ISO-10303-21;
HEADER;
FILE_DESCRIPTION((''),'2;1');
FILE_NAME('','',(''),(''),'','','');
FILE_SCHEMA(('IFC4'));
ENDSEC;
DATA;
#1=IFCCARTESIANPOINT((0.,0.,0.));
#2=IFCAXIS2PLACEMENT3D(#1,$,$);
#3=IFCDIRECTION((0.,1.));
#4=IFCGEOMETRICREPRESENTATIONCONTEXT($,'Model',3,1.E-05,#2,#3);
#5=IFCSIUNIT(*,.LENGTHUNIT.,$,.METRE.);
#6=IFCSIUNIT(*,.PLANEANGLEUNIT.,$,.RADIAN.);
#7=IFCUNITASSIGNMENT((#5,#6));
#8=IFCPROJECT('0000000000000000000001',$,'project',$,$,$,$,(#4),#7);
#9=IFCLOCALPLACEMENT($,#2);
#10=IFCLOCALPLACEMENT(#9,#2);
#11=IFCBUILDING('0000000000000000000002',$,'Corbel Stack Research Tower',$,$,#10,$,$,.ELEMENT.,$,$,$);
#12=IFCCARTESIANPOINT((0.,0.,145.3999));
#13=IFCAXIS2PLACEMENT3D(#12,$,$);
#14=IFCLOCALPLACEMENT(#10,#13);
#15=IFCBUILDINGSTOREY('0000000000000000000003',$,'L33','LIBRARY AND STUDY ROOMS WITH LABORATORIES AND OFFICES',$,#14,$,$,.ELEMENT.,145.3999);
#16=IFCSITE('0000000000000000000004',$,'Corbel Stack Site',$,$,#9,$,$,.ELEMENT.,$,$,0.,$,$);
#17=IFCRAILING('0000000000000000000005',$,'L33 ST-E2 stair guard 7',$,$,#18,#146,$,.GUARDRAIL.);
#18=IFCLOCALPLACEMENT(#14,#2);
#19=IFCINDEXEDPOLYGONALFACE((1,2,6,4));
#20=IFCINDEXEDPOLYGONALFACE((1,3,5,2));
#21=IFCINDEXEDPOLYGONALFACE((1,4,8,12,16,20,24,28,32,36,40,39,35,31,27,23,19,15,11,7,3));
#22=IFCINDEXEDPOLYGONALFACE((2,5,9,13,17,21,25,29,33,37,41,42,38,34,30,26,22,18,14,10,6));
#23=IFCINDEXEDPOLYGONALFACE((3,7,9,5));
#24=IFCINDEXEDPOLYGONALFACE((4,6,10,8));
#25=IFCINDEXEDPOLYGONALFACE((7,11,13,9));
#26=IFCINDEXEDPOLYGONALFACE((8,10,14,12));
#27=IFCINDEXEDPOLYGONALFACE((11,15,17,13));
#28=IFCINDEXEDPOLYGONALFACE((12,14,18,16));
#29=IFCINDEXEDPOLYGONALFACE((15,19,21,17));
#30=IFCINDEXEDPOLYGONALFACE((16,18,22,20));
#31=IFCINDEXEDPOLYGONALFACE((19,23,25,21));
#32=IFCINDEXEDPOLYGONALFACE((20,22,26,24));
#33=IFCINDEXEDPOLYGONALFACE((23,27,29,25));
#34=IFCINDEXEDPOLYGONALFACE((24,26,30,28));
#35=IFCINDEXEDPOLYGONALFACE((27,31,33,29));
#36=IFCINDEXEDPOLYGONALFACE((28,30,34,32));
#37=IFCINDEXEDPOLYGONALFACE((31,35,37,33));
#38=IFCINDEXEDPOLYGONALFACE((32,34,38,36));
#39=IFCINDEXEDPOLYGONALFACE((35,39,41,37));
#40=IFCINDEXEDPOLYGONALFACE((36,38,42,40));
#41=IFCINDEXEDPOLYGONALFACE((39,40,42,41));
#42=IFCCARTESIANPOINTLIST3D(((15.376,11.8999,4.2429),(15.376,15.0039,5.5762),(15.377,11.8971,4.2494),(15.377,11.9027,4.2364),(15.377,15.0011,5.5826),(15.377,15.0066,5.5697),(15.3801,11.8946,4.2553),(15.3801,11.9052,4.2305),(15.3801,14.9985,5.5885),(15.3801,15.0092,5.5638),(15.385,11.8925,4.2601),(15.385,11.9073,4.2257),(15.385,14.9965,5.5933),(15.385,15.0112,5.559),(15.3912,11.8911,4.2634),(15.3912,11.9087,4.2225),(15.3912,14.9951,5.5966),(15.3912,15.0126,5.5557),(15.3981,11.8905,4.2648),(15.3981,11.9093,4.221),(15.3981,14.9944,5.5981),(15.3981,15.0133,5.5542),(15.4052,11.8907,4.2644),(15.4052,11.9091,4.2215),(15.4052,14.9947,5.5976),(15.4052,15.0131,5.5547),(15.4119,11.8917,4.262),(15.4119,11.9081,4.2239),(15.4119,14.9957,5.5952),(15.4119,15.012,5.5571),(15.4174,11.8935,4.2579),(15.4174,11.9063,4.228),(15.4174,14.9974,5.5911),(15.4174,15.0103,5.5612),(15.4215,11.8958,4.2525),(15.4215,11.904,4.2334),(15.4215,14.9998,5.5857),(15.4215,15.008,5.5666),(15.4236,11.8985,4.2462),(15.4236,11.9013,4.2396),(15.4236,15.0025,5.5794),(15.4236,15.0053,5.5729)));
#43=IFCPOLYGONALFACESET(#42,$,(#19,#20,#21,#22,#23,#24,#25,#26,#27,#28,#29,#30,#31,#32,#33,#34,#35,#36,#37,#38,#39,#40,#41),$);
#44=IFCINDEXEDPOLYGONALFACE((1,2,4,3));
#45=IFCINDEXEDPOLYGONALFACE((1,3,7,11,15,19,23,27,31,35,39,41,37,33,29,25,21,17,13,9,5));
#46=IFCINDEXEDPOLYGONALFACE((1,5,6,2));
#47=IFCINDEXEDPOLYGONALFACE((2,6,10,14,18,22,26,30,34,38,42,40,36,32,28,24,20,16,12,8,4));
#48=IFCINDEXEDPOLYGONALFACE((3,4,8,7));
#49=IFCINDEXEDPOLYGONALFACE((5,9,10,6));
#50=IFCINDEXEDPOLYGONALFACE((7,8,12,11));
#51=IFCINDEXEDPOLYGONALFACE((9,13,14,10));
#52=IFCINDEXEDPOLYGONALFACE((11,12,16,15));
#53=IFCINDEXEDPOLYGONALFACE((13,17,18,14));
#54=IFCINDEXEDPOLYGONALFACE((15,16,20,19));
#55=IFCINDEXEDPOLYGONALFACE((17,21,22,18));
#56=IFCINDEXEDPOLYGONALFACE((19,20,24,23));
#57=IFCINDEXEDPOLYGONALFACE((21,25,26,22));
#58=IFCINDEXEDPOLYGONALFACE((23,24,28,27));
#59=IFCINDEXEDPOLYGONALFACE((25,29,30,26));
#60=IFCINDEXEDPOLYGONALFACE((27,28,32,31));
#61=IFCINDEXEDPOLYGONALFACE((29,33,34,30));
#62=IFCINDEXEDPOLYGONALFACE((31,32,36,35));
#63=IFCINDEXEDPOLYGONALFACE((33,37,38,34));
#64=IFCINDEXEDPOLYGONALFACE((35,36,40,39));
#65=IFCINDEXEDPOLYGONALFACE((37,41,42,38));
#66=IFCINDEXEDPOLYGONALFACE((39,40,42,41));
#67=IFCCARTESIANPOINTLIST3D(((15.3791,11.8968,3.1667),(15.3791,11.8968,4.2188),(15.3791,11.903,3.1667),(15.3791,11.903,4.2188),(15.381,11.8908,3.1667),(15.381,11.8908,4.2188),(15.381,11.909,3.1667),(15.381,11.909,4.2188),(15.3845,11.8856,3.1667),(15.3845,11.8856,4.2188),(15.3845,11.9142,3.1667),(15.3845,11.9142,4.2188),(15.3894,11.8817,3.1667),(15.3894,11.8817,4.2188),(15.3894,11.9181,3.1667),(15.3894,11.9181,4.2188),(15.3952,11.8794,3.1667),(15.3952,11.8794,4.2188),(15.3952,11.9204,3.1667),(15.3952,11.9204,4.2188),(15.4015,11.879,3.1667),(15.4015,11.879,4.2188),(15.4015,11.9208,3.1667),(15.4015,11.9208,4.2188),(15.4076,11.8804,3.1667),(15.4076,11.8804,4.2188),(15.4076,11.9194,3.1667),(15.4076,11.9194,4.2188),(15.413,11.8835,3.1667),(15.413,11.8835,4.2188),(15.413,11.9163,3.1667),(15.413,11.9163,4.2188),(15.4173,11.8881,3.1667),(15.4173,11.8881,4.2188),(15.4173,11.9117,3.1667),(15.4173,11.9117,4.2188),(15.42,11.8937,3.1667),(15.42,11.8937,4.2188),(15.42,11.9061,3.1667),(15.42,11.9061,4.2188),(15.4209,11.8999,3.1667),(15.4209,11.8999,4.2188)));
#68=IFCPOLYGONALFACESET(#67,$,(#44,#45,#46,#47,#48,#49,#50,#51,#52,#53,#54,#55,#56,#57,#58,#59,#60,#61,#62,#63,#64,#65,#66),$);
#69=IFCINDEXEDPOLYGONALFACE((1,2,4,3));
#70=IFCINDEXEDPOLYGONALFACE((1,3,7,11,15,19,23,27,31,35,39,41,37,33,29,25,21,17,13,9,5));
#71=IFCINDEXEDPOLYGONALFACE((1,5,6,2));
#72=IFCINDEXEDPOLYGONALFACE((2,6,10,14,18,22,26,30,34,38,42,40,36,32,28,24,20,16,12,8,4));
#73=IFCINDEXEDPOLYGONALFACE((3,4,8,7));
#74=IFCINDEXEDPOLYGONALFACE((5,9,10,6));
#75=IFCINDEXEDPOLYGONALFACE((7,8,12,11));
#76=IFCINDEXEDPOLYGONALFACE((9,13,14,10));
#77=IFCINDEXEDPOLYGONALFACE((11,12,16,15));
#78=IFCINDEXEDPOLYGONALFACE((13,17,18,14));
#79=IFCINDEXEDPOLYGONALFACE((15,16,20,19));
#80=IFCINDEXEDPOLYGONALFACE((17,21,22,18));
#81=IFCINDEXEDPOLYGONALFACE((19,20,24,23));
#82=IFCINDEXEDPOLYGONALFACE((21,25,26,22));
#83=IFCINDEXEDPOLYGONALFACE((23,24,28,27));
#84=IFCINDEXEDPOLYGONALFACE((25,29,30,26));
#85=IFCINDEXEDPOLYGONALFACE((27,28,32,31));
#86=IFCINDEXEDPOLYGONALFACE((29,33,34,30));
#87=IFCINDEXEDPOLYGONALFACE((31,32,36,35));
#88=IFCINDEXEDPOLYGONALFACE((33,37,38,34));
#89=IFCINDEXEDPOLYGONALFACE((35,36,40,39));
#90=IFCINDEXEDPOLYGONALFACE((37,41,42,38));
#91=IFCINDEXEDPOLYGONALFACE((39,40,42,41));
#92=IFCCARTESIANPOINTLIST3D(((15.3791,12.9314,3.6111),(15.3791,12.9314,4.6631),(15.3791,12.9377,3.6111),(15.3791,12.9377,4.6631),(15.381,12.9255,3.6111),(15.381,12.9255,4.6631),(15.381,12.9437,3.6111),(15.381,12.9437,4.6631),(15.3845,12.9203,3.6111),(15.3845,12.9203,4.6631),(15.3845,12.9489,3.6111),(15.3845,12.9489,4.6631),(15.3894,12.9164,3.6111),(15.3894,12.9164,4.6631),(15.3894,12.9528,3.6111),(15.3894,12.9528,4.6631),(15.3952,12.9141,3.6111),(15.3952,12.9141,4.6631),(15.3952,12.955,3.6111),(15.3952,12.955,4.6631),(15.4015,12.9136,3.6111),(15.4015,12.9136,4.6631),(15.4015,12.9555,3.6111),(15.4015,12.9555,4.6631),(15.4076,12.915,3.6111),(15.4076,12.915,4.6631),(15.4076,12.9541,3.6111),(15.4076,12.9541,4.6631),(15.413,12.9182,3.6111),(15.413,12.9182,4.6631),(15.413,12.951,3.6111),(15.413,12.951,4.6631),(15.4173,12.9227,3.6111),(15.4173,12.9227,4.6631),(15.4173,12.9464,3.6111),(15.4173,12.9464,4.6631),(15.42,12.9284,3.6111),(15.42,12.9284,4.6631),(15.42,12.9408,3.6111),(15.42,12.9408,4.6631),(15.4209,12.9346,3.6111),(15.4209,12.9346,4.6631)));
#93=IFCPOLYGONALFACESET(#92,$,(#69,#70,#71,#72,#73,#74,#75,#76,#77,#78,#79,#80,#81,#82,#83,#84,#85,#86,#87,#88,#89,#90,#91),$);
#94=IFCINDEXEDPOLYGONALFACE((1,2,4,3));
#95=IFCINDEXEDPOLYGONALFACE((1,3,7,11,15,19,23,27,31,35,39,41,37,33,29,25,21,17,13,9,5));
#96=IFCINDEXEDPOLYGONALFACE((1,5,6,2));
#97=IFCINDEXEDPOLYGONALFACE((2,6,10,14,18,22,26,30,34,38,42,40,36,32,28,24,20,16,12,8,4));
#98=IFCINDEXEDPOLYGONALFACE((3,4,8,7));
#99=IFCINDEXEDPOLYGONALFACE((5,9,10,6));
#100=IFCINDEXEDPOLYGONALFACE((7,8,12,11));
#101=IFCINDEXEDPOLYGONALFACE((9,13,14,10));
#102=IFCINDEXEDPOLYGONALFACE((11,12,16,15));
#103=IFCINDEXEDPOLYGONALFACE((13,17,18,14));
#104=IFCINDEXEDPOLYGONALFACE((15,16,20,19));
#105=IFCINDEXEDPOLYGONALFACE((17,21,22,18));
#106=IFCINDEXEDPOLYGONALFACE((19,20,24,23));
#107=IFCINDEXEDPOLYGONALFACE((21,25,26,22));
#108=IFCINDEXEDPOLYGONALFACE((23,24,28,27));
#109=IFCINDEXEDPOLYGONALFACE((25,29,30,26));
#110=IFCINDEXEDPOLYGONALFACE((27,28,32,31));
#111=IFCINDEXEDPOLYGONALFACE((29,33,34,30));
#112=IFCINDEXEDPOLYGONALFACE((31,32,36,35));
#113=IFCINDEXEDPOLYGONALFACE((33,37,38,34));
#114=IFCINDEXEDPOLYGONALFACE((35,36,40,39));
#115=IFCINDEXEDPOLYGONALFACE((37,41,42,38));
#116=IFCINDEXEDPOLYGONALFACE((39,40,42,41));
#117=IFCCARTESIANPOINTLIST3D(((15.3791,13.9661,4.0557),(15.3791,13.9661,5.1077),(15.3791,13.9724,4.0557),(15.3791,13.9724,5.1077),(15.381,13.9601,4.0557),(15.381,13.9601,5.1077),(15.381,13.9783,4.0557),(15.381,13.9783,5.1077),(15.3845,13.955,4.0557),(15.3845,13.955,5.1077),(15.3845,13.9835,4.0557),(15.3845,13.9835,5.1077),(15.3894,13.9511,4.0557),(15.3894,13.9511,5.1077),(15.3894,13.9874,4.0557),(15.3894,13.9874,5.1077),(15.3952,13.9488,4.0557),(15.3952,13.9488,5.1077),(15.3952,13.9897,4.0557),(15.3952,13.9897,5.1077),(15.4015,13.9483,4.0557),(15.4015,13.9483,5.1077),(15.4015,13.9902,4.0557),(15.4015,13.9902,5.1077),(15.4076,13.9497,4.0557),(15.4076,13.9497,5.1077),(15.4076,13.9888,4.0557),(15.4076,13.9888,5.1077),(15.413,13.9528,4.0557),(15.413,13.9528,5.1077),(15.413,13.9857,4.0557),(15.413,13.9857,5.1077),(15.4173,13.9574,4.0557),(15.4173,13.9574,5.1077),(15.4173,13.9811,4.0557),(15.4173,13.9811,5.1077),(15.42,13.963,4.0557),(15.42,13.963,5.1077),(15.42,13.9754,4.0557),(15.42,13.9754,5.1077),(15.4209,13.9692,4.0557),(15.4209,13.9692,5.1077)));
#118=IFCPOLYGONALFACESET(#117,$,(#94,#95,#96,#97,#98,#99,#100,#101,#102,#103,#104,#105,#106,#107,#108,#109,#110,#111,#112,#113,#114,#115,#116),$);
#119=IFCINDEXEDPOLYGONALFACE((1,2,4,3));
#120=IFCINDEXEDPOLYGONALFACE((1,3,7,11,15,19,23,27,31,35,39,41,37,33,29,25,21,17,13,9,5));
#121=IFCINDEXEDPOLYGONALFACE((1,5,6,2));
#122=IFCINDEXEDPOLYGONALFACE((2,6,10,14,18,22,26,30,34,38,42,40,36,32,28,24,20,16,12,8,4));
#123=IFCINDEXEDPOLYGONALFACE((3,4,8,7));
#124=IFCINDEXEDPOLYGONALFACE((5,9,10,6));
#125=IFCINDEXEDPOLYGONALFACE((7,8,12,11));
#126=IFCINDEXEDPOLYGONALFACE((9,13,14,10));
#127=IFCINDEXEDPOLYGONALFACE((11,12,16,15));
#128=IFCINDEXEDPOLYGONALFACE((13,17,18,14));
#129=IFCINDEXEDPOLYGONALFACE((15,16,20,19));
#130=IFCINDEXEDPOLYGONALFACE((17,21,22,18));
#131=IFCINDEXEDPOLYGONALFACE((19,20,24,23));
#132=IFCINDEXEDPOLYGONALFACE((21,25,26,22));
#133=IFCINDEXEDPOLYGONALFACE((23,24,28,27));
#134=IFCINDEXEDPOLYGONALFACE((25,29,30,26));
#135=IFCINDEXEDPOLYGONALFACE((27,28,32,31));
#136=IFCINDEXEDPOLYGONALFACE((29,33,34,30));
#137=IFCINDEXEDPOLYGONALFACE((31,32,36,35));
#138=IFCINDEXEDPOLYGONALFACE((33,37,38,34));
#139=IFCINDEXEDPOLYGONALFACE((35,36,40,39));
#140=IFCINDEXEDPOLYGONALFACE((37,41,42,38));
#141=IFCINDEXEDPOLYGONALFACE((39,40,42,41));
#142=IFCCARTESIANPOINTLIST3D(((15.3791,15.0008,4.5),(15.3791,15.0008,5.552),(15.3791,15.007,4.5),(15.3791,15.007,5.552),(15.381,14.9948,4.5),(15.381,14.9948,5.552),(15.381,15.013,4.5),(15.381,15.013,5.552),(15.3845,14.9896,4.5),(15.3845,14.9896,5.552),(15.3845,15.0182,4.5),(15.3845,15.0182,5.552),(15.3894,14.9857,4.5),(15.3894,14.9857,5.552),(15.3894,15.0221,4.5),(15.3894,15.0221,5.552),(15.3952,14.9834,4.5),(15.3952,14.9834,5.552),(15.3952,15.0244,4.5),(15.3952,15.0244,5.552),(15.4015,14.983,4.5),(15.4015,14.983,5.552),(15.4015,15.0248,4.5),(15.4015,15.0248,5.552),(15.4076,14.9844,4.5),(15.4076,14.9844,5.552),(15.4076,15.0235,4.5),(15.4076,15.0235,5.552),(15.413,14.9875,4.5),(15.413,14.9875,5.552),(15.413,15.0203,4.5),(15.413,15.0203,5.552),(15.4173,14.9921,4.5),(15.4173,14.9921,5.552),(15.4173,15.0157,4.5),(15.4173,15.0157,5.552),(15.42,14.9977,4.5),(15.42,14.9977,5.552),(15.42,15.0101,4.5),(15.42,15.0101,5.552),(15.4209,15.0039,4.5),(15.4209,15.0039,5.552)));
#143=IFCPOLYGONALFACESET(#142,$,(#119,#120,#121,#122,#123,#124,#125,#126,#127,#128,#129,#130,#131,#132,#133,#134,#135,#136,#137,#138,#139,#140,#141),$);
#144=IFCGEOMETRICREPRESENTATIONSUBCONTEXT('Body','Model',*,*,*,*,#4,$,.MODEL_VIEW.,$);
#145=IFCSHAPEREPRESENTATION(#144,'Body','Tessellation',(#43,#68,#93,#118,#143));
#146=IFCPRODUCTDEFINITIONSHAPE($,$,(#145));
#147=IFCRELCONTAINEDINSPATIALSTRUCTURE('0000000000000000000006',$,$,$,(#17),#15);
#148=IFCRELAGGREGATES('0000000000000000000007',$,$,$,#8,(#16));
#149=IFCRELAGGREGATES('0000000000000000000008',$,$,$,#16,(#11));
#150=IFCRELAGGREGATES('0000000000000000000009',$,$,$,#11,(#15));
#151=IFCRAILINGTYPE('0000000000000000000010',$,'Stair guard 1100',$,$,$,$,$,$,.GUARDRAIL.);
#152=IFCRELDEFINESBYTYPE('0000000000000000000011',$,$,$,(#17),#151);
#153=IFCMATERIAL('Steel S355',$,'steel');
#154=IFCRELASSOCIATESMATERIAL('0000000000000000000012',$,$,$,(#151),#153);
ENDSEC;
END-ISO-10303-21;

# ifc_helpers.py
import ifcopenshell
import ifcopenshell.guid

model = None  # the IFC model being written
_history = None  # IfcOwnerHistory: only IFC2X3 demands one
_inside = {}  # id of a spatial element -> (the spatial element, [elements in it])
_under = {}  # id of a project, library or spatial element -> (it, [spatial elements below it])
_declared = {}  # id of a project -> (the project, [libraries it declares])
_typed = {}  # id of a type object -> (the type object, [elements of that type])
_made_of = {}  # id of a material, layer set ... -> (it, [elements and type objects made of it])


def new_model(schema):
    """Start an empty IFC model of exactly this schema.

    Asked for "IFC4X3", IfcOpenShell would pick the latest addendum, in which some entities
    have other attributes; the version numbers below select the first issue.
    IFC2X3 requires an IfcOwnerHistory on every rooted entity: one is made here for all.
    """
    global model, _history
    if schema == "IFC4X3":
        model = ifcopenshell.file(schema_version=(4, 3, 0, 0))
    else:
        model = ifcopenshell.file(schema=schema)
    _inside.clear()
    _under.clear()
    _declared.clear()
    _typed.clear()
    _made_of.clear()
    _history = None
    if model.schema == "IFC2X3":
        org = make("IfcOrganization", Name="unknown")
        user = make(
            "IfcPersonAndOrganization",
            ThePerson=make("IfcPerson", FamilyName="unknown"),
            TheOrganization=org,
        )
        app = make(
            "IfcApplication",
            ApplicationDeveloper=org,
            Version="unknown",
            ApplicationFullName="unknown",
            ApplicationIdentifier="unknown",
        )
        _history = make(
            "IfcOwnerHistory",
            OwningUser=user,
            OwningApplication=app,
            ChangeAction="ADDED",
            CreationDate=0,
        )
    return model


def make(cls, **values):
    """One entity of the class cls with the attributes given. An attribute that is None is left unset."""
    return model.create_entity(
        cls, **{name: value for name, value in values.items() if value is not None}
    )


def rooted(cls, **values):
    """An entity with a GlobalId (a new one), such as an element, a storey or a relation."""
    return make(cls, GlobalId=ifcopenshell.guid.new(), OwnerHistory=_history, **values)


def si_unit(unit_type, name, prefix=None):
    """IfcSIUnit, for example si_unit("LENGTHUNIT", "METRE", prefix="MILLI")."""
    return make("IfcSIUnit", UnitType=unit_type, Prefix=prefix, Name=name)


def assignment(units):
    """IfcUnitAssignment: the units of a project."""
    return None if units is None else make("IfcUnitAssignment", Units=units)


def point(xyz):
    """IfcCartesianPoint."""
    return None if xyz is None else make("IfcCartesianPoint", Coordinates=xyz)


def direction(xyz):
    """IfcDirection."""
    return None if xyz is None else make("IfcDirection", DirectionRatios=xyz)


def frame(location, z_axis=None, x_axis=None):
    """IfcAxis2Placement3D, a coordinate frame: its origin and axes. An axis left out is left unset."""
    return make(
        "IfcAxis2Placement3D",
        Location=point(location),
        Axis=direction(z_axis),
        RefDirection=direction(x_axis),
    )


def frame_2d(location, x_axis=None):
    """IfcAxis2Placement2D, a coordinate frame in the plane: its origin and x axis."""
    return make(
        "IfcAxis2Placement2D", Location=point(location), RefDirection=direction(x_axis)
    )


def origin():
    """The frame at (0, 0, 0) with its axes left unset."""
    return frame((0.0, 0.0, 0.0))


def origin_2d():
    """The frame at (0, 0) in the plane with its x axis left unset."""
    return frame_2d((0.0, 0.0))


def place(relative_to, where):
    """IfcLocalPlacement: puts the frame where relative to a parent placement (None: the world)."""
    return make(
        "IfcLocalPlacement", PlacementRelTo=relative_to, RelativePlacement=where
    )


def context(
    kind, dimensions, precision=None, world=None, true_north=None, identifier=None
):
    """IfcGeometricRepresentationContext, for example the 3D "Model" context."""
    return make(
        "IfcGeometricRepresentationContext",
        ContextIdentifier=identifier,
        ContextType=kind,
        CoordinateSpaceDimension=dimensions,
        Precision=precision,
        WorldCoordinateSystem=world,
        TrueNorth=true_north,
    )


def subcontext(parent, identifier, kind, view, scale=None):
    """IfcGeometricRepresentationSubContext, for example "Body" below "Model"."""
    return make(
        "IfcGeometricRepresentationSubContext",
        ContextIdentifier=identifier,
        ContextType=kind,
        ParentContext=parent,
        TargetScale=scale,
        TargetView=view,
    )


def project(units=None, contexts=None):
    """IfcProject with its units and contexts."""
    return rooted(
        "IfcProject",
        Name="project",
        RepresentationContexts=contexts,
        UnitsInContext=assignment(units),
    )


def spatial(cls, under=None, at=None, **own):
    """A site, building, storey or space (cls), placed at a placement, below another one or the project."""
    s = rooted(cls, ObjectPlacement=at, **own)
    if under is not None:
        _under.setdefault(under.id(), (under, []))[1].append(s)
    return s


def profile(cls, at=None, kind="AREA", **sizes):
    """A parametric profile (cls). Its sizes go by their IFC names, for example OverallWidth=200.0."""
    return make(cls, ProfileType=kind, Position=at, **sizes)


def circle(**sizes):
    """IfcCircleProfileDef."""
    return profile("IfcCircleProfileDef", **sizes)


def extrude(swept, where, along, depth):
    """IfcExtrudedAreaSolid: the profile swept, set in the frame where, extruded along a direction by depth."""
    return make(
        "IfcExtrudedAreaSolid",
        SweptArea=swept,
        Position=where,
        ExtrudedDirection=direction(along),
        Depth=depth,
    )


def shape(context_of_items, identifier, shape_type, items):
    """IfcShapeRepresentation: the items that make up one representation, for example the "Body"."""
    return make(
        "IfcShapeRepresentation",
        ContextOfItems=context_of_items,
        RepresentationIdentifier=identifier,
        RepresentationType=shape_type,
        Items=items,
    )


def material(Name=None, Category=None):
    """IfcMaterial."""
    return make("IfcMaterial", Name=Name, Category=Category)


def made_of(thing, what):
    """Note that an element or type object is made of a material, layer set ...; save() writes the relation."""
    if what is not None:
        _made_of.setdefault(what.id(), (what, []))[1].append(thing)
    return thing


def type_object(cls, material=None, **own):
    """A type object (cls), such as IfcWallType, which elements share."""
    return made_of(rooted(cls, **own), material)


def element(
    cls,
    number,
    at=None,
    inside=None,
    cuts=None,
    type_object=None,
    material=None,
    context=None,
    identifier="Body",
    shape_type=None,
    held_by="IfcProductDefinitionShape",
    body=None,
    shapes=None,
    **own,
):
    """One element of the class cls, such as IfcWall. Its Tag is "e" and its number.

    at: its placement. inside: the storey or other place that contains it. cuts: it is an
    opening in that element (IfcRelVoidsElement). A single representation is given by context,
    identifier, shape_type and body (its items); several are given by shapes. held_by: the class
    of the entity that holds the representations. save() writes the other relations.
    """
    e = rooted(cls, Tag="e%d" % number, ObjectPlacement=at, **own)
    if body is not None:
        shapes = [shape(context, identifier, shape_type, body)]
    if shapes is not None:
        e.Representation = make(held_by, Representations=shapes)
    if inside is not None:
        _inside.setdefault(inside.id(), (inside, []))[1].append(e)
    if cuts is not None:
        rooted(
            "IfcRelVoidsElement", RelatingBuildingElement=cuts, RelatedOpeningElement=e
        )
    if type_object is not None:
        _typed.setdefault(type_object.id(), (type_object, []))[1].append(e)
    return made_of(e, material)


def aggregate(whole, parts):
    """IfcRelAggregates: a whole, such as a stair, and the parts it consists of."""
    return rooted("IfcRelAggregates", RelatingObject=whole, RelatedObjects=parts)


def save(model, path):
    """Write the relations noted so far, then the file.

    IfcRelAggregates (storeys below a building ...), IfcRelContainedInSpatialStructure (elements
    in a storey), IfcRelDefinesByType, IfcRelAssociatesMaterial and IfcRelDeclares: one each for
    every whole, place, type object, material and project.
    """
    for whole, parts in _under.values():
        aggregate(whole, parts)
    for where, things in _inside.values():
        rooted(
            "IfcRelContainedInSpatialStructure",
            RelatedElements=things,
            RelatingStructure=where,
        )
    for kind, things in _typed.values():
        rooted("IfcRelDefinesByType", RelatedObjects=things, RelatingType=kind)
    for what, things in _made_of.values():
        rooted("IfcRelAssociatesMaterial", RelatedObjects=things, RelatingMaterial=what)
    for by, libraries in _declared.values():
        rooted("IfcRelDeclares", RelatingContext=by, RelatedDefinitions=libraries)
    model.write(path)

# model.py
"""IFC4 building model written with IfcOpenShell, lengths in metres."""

from ifc_helpers import new_model, si_unit, direction, frame, origin, origin_2d, place, context, subcontext, project, spatial, circle, extrude, material, type_object, element, save


model = new_model("IFC4")

# Units and contexts
model_context = context("Model", 3, precision=1e-05, world=origin(), true_north=direction((0.0, 1.0)))
body_context = subcontext(model_context, "Body", "Model", "MODEL_VIEW")
ifc_project = project(units=[si_unit("LENGTHUNIT", "METRE"), si_unit("PLANEANGLEUNIT", "RADIAN")], contexts=[model_context])

# Site, building, storey
site_placement = place(None, origin())
site = spatial("IfcSite", under=ifc_project, at=site_placement, Name="Corbel Stack Site", CompositionType="ELEMENT", RefElevation=0.0)
building_placement = place(site_placement, origin())
building = spatial("IfcBuilding", under=site, at=building_placement, Name="Corbel Stack Research Tower", CompositionType="ELEMENT")
storey_placement = place(building_placement, frame((0.0, 0.0, 145.3999)))
storey = spatial("IfcBuildingStorey", under=building, at=storey_placement, Name="L33", Description="LIBRARY AND STUDY ROOMS WITH LABORATORIES AND OFFICES", CompositionType="ELEMENT", Elevation=145.3999)

# Railing
ifc_material_1 = material(Name="Steel S355", Category="steel")
railing_type_1 = type_object("IfcRailingType", Name="Stair guard 1100", PredefinedType="GUARDRAIL", material=ifc_material_1)
railing_1_placement = place(storey_placement, frame((15.3999, 11.8999, 3.1667)))
element("IfcRailing", 1, at=railing_1_placement, inside=storey, type_object=railing_type_1, Name="L33 ST-E2 stair guard 7", PredefinedType="GUARDRAIL", context=body_context, shape_type="SweptSolid", body=[
    extrude(circle(Radius=0.0239, at=origin_2d()), frame((0.0, 0.0, 1.0762), z_axis=(0.0, 0.918827, 0.394661), x_axis=(-1.0, 0.0, 0.0)), (0.0, 0.0, 1.0), 3.3782),
    extrude(circle(Radius=0.021, at=origin_2d()), origin(), (0.0, 0.0, 1.0), 1.052),
    extrude(circle(Radius=0.021, at=origin_2d()), frame((0.0, 1.0347, 0.4443)), (0.0, 0.0, 1.0), 1.052),
    extrude(circle(Radius=0.021, at=origin_2d()), frame((0.0, 2.0693, 0.8889)), (0.0, 0.0, 1.0), 1.052),
    extrude(circle(Radius=0.021, at=origin_2d()), frame((0.0, 3.104, 1.3333)), (0.0, 0.0, 1.0), 1.052),
])

save(model, "model.ifc")
